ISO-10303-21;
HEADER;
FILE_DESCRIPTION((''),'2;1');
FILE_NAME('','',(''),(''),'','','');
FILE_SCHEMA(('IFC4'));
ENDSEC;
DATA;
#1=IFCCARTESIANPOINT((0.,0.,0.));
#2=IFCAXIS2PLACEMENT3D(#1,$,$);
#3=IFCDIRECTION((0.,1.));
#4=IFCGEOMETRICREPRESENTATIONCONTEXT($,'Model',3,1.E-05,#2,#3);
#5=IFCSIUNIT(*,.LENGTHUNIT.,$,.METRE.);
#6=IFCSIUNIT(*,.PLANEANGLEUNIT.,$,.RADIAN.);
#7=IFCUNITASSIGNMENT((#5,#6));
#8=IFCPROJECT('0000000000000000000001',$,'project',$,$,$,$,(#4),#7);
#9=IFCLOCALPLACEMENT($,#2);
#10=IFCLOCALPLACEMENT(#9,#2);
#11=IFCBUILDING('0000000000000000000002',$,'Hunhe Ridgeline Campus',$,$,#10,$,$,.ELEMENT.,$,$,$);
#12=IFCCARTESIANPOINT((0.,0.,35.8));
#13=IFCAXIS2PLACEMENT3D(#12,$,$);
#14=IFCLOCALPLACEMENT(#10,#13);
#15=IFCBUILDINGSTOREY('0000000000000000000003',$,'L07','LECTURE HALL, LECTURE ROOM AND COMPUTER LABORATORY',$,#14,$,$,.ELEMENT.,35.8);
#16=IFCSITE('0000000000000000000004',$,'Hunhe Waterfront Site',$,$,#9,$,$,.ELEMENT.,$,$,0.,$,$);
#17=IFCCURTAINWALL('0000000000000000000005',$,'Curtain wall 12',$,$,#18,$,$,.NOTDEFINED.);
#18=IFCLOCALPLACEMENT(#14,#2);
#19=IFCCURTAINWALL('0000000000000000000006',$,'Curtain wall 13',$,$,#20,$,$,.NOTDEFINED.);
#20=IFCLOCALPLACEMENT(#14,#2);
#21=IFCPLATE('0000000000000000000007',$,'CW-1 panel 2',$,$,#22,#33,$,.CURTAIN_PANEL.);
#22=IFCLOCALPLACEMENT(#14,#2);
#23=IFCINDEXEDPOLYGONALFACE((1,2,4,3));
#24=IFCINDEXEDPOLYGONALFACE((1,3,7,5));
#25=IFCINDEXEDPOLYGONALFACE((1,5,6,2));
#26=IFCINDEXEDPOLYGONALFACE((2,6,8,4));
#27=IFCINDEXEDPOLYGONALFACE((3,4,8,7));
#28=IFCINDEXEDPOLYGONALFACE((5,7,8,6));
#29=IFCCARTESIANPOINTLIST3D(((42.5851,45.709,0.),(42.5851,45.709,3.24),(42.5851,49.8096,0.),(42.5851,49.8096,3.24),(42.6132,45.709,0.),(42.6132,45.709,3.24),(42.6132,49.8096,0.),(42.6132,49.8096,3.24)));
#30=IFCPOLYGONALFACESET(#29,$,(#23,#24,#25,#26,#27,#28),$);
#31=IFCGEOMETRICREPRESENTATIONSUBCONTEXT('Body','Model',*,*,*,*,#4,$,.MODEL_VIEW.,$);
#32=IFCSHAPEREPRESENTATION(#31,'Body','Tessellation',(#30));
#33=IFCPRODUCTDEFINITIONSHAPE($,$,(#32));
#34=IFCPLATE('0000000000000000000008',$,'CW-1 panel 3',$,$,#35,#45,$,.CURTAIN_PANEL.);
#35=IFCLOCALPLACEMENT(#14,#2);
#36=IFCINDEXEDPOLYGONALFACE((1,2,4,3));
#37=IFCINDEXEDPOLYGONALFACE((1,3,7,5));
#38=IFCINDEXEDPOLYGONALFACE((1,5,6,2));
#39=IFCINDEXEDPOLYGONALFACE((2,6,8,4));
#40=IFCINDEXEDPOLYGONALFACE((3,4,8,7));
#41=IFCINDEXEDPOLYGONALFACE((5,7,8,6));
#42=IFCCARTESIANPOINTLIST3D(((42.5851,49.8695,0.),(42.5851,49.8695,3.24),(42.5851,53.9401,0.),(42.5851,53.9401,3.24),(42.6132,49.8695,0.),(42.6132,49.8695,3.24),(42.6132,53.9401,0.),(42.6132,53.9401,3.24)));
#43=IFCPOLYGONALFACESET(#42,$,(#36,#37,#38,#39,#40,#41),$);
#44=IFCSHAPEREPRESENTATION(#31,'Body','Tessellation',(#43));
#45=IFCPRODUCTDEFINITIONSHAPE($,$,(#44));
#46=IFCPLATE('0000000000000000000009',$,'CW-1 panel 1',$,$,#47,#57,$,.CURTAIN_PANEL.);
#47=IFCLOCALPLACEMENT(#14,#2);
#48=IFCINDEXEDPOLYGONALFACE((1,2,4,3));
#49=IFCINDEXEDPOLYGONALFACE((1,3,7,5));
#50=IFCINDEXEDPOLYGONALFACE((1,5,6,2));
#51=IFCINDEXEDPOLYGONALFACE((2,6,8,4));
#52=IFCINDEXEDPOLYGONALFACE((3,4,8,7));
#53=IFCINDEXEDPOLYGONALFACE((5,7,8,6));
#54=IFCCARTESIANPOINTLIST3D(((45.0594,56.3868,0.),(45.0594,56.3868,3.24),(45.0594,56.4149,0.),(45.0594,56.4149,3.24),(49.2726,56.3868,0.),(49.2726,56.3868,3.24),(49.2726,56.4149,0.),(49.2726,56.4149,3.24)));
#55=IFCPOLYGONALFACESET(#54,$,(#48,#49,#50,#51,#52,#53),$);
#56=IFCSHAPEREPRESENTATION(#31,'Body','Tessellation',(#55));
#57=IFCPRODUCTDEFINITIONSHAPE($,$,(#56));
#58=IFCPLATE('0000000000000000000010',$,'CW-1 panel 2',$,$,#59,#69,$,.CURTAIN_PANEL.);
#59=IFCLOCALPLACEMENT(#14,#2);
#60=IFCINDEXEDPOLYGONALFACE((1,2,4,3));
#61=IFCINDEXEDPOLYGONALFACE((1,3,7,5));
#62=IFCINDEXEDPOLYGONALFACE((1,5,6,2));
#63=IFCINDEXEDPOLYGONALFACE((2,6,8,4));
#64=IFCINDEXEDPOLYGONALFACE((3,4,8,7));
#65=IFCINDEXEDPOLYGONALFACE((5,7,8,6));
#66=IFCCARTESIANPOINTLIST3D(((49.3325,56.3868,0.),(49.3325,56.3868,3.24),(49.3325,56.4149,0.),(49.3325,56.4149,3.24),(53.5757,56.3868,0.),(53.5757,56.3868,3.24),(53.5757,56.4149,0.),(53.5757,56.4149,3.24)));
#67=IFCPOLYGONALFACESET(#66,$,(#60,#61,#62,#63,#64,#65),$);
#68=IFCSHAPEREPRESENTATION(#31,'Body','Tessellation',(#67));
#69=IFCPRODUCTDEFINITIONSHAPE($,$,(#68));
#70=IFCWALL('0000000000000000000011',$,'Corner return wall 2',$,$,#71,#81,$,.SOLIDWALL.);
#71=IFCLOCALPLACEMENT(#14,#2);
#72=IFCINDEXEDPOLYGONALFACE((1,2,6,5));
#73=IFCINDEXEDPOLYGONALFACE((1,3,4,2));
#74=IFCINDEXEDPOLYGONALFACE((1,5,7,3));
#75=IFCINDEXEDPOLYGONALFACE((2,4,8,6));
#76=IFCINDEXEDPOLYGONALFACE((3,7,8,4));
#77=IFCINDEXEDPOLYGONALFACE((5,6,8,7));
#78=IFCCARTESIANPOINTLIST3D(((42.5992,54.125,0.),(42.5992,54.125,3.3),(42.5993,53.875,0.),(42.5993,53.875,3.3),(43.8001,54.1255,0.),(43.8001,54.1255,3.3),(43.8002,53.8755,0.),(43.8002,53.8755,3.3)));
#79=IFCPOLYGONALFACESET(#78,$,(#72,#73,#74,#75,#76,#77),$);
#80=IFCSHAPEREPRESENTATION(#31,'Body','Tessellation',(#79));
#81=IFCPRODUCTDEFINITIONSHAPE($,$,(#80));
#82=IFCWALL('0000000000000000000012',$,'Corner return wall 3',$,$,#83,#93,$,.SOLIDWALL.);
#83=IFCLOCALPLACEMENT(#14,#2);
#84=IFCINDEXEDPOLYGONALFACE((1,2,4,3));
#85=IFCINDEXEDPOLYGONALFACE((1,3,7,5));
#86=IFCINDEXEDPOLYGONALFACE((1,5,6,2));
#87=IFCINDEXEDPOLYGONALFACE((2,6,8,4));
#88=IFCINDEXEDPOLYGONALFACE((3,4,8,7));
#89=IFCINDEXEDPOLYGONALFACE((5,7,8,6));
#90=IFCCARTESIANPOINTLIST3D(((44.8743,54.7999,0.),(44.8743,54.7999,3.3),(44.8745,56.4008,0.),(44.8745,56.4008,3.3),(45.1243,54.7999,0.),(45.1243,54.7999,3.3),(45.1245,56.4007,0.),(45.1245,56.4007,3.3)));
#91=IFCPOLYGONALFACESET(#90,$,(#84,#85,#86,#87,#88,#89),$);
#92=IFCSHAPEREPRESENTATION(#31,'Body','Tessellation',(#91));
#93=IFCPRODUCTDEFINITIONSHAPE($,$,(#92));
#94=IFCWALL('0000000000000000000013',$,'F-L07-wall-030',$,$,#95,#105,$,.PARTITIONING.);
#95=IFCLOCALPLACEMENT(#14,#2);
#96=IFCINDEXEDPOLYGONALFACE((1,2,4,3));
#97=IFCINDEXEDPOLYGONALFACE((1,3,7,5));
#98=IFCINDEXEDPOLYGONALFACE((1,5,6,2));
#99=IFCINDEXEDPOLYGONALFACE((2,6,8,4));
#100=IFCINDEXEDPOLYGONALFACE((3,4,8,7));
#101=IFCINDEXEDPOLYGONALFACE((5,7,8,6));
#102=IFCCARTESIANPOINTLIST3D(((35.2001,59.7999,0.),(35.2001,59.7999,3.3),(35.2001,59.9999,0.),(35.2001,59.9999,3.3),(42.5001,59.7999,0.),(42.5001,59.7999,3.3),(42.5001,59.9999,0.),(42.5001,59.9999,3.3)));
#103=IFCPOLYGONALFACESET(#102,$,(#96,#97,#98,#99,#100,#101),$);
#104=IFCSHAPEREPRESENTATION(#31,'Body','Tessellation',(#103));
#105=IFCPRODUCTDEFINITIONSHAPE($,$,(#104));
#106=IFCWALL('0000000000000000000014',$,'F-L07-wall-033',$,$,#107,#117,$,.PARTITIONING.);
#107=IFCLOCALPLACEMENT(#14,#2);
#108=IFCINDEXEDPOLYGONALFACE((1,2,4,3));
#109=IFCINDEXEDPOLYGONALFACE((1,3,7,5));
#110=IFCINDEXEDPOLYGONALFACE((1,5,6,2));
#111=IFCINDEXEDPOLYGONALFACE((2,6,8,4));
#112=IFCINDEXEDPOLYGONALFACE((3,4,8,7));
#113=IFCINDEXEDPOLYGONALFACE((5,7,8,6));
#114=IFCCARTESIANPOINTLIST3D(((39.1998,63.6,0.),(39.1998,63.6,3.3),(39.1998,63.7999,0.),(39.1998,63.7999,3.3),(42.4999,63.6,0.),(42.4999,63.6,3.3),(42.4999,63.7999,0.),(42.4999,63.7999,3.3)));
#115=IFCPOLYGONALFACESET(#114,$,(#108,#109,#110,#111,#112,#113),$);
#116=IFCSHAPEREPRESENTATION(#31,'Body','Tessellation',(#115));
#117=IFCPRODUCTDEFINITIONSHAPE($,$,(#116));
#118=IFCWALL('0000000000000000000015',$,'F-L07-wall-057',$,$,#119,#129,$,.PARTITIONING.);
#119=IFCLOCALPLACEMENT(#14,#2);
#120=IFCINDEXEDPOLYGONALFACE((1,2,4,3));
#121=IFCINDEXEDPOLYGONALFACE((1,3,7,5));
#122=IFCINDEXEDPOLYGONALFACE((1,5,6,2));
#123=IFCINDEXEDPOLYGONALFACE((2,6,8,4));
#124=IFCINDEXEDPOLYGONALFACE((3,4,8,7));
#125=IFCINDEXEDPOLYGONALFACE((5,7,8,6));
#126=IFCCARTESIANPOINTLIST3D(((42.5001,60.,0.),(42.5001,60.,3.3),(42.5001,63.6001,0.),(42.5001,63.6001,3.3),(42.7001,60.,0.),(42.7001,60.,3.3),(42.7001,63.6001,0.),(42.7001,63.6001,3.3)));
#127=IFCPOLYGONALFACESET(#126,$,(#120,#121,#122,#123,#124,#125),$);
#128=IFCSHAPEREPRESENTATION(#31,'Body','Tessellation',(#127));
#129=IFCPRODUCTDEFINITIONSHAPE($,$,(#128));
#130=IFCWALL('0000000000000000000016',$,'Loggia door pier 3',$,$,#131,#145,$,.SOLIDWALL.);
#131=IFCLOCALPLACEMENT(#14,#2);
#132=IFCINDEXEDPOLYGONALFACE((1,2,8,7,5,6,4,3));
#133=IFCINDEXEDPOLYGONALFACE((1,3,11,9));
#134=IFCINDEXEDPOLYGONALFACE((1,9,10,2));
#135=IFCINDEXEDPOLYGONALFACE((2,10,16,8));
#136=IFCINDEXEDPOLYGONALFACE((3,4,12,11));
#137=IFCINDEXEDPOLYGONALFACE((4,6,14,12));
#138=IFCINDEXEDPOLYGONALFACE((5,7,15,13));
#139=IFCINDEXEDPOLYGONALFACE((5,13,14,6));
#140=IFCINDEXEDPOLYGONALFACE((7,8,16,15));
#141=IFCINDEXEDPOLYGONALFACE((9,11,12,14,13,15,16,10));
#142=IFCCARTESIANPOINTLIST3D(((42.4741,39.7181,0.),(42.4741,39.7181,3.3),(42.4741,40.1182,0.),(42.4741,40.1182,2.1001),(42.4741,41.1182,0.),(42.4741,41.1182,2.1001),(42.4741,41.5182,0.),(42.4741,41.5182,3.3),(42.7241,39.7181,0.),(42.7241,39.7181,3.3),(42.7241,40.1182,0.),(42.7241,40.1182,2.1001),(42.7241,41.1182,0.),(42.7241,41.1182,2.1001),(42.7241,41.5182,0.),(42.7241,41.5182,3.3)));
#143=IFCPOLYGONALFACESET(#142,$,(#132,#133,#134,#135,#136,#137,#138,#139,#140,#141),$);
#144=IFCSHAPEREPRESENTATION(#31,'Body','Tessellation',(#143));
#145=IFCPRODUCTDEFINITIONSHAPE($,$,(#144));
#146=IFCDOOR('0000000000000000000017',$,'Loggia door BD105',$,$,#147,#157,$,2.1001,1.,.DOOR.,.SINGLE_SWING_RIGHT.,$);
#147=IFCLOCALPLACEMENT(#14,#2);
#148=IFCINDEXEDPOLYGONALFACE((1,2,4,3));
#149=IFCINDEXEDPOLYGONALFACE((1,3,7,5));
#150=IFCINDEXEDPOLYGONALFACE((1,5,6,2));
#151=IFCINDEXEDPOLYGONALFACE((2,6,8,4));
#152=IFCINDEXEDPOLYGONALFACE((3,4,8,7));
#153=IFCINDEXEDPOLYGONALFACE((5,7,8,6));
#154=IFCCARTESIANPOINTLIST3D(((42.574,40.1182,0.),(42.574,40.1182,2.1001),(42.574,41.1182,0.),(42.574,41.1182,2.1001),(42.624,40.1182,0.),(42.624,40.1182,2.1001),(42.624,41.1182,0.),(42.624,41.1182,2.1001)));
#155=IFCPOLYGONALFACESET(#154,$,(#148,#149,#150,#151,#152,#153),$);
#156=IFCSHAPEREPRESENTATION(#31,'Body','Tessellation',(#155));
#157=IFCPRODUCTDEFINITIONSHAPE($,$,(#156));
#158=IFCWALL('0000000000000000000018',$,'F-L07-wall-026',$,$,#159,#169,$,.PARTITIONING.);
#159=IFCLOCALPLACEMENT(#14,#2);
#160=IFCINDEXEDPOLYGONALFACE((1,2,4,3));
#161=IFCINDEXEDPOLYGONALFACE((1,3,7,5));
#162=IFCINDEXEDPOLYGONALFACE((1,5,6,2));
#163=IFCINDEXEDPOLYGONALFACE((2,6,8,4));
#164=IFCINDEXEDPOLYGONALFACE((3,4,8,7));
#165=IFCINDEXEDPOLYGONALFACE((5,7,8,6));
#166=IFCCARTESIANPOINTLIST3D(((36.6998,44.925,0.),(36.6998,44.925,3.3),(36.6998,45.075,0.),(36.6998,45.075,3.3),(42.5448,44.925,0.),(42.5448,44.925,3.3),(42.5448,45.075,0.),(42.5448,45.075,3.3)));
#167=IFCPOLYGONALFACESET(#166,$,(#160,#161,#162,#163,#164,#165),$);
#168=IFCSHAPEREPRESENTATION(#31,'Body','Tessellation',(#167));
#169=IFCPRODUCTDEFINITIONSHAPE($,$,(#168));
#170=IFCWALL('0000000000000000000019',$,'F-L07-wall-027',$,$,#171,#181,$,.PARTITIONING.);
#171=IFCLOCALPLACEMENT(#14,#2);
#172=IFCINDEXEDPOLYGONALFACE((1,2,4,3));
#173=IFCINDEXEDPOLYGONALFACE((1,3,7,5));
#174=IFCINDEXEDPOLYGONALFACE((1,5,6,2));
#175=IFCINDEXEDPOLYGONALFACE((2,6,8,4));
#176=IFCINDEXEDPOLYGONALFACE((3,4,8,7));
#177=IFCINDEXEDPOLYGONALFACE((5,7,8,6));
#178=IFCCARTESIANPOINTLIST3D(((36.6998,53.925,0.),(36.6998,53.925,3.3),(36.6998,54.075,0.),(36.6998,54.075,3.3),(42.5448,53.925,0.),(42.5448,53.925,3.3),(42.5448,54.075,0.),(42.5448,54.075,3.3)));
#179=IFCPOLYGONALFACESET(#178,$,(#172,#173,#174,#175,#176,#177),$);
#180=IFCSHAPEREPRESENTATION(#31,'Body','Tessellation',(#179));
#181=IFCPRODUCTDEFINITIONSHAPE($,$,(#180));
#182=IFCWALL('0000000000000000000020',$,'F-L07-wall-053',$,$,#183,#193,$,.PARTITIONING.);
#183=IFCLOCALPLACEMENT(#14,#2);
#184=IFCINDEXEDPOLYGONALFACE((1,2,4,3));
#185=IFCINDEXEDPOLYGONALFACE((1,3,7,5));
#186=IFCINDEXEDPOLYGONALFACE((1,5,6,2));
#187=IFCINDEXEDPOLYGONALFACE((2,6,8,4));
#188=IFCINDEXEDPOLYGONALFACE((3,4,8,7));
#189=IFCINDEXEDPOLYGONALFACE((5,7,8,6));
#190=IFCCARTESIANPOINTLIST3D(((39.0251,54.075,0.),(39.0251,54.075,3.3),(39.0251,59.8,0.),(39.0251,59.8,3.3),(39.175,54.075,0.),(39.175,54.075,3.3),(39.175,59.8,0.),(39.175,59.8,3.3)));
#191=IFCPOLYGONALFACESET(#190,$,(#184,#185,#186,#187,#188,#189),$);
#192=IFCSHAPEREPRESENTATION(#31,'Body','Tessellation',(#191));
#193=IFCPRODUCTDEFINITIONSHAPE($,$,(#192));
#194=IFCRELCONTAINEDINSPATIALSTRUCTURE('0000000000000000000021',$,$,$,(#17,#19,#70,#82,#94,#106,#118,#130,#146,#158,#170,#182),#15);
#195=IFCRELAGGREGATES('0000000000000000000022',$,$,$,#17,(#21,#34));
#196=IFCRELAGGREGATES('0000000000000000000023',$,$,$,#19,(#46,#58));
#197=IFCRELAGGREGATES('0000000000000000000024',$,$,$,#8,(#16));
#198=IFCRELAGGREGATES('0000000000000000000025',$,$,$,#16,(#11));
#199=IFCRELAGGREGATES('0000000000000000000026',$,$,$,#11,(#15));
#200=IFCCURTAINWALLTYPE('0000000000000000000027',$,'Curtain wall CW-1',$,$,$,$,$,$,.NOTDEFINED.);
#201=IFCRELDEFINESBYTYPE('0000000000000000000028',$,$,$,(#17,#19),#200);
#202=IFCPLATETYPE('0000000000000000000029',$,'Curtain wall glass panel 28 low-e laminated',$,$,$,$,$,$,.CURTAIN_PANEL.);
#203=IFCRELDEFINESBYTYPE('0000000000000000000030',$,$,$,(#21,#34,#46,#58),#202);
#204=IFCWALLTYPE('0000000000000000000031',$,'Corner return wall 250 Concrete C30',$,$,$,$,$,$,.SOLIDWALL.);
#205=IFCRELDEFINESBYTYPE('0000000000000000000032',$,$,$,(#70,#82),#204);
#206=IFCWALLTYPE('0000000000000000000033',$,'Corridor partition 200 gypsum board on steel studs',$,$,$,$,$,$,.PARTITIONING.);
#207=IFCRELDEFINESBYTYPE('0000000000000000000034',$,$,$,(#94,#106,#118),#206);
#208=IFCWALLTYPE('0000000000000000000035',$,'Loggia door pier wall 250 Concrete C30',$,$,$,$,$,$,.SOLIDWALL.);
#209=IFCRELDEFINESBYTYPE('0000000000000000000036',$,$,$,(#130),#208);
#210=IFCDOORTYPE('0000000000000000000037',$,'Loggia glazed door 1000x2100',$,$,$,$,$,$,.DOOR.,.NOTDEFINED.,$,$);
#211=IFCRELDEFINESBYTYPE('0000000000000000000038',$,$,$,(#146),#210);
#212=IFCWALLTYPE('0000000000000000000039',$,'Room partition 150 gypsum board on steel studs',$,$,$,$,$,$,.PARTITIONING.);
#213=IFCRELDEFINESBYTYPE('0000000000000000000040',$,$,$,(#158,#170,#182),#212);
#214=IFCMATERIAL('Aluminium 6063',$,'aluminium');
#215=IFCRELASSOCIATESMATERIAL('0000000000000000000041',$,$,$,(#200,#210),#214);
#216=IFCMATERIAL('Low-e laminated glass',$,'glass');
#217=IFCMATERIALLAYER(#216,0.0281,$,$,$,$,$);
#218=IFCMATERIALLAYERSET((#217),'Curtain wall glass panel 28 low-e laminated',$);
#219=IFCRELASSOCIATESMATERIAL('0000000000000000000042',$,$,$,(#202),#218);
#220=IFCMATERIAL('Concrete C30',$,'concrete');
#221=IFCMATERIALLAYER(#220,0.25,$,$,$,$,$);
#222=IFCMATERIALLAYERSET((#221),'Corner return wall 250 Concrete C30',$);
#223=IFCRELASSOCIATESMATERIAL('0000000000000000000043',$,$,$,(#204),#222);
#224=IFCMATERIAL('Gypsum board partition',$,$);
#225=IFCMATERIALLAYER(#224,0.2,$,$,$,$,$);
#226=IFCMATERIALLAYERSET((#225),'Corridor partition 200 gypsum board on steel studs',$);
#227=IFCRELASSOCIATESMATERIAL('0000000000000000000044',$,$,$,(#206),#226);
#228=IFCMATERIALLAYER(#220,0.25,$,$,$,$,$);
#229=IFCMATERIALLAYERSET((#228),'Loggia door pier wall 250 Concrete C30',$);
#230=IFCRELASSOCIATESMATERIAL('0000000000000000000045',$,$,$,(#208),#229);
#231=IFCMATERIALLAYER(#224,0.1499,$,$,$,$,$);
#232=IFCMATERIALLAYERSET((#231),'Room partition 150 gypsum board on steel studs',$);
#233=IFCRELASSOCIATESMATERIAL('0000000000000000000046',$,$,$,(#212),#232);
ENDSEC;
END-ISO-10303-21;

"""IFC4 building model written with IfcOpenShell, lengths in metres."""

from ifc_helpers import new_model, si_unit, direction, frame, frame_2d, origin, origin_2d, place, context, subcontext, project, spatial, rectangle, extrude, material, layer, layer_set, type_object, element, fill, aggregate, save


model = new_model("IFC4")

# Units and contexts
model_context = context("Model", 3, precision=1e-05, world=origin(), true_north=direction((0.0, 1.0)))
body_context = subcontext(model_context, "Body", "Model", "MODEL_VIEW")
ifc_project = project(units=[si_unit("LENGTHUNIT", "METRE"), si_unit("PLANEANGLEUNIT", "RADIAN")], contexts=[model_context])

# Site, building, storey
site_placement = place(None, origin())
site = spatial("IfcSite", under=ifc_project, at=site_placement, Name="Hunhe Waterfront Site", CompositionType="ELEMENT", RefElevation=0.0)
building_placement = place(site_placement, origin())
building = spatial("IfcBuilding", under=site, at=building_placement, Name="Hunhe Ridgeline Campus", CompositionType="ELEMENT")
storey_placement = place(building_placement, frame((0.0, 0.0, 35.8)))
storey = spatial("IfcBuildingStorey", under=building, at=storey_placement, Name="L07", Description="LECTURE HALL, LECTURE ROOM AND COMPUTER LABORATORY", CompositionType="ELEMENT", Elevation=35.8)

# Shared definitions
ifc_material_1 = material(Name="Aluminium 6063", Category="aluminium")
curtain_wall_type = type_object("IfcCurtainWallType", Name="Curtain wall CW-1", PredefinedType="NOTDEFINED", material=ifc_material_1)

# Curtain walls
curtain_wall_1_placement = place(storey_placement, origin())
curtain_wall_1 = element("IfcCurtainWall", 1, at=curtain_wall_1_placement, inside=storey, type_object=curtain_wall_type, Name="Curtain wall 12", PredefinedType="NOTDEFINED")
curtain_wall_2_placement = place(storey_placement, origin())
curtain_wall_2 = element("IfcCurtainWall", 2, at=curtain_wall_2_placement, inside=storey, type_object=curtain_wall_type, Name="Curtain wall 13", PredefinedType="NOTDEFINED")

# Plates
ifc_material_2 = material(Name="Low-e laminated glass", Category="glass")
ifc_layer_1 = layer(ifc_material_2, 0.0281)
ifc_layer_set_1 = layer_set([ifc_layer_1], Name="Curtain wall glass panel 28 low-e laminated")
plate_type = type_object("IfcPlateType", Name="Curtain wall glass panel 28 low-e laminated", PredefinedType="CURTAIN_PANEL", material=ifc_layer_set_1)
plate_1_placement = place(storey_placement, frame((42.5991, 47.7593, 0.0), z_axis=(0.0, 0.0, 1.0), x_axis=(0.0, 1.0, 0.0)))
plate_1 = element("IfcPlate", 3, at=plate_1_placement, type_object=plate_type, Name="CW-1 panel 2", PredefinedType="CURTAIN_PANEL", context=body_context, shape_type="SweptSolid", body=[
    extrude(rectangle(XDim=4.1006, YDim=0.0281, at=origin_2d()), origin(), (0.0, 0.0, 1.0), 3.24),
])
plate_2_placement = place(storey_placement, frame((42.5991, 51.9048, 0.0), z_axis=(0.0, 0.0, 1.0), x_axis=(0.0, 1.0, 0.0)))
plate_2 = element("IfcPlate", 4, at=plate_2_placement, type_object=plate_type, Name="CW-1 panel 3", PredefinedType="CURTAIN_PANEL", context=body_context, shape_type="SweptSolid", body=[
    extrude(rectangle(XDim=4.0706, YDim=0.0281, at=origin_2d()), origin(), (0.0, 0.0, 1.0), 3.24),
])
aggregate(curtain_wall_1, [plate_1, plate_2])
plate_3_placement = place(storey_placement, frame((47.166, 56.4009, 0.0), z_axis=(0.0, 0.0, 1.0), x_axis=(1.0, 0.000004, 0.0)))
plate_3 = element("IfcPlate", 5, at=plate_3_placement, type_object=plate_type, Name="CW-1 panel 1", PredefinedType="CURTAIN_PANEL", context=body_context, shape_type="SweptSolid", body=[
    extrude(rectangle(XDim=4.2131, YDim=0.0281, at=origin_2d()), origin(), (0.0, 0.0, 1.0), 3.24),
])
plate_4_placement = place(storey_placement, frame((51.4541, 56.4009, 0.0), z_axis=(0.0, 0.0, 1.0), x_axis=(1.0, 0.000004, 0.0)))
plate_4 = element("IfcPlate", 6, at=plate_4_placement, type_object=plate_type, Name="CW-1 panel 2", PredefinedType="CURTAIN_PANEL", context=body_context, shape_type="SweptSolid", body=[
    extrude(rectangle(XDim=4.2432, YDim=0.0281, at=origin_2d()), origin(), (0.0, 0.0, 1.0), 3.24),
])
aggregate(curtain_wall_2, [plate_3, plate_4])

# Walls
ifc_material_3 = material(Name="Concrete C30", Category="concrete")
ifc_layer_2 = layer(ifc_material_3, 0.25)
ifc_layer_set_2 = layer_set([ifc_layer_2], Name="Corner return wall 250 Concrete C30")
wall_type_1 = type_object("IfcWallType", Name="Corner return wall 250 Concrete C30", PredefinedType="SOLIDWALL", material=ifc_layer_set_2)
wall_1_placement = place(storey_placement, frame((42.5991, 54.0, 0.0), z_axis=(0.0, 0.0, 1.0), x_axis=(1.0, 0.000407, 0.0)))
element("IfcWall", 7, at=wall_1_placement, inside=storey, type_object=wall_type_1, Name="Corner return wall 2", PredefinedType="SOLIDWALL", context=body_context, shape_type="SweptSolid", body=[
    extrude(rectangle(XDim=1.2009, YDim=0.25, at=frame_2d((0.6006, 0.0))), origin(), (0.0, 0.0, 1.0), 3.3),
])
wall_2_placement = place(storey_placement, frame((44.9993, 54.8, 0.0), z_axis=(0.0, 0.0, 1.0), x_axis=(0.000153, 1.0, 0.0)))
element("IfcWall", 8, at=wall_2_placement, inside=storey, type_object=wall_type_1, Name="Corner return wall 3", PredefinedType="SOLIDWALL", context=body_context, shape_type="SweptSolid", body=[
    extrude(rectangle(XDim=1.6008, YDim=0.25, at=frame_2d((0.8003, 0.0))), origin(), (0.0, 0.0, 1.0), 3.3),
])
ifc_material_4 = material(Name="Gypsum board partition")
ifc_layer_3 = layer(ifc_material_4, 0.2)
ifc_layer_set_3 = layer_set([ifc_layer_3], Name="Corridor partition 200 gypsum board on steel studs")
wall_type_2 = type_object("IfcWallType", Name="Corridor partition 200 gypsum board on steel studs", PredefinedType="PARTITIONING", material=ifc_layer_set_3)
wall_3_placement = place(storey_placement, frame((42.5, 59.8999, 0.0), z_axis=(0.0, 0.0, 1.0), x_axis=(-1.0, 0.0, 0.0)))
element("IfcWall", 9, at=wall_3_placement, inside=storey, type_object=wall_type_2, Name="F-L07-wall-030", PredefinedType="PARTITIONING", context=body_context, shape_type="SweptSolid", body=[
    extrude(rectangle(XDim=7.3, YDim=0.2, at=frame_2d((3.6499, 0.0))), origin(), (0.0, 0.0, 1.0), 3.3),
])
wall_4_placement = place(storey_placement, frame((39.2, 63.7, 0.0), z_axis=(0.0, 0.0, 1.0), x_axis=(1.0, 0.0, 0.0)))
element("IfcWall", 10, at=wall_4_placement, inside=storey, type_object=wall_type_2, Name="F-L07-wall-033", PredefinedType="PARTITIONING", context=body_context, shape_type="SweptSolid", body=[
    extrude(rectangle(XDim=3.3, YDim=0.2, at=frame_2d((1.6499, 0.0))), origin(), (0.0, 0.0, 1.0), 3.3),
])
wall_5_placement = place(storey_placement, frame((42.6001, 63.6001, 0.0), z_axis=(0.0, 0.0, 1.0), x_axis=(0.0, -1.0, 0.0)))
element("IfcWall", 11, at=wall_5_placement, inside=storey, type_object=wall_type_2, Name="F-L07-wall-057", PredefinedType="PARTITIONING", context=body_context, shape_type="SweptSolid", body=[
    extrude(rectangle(XDim=3.6001, YDim=0.2, at=frame_2d((1.8, 0.0))), origin(), (0.0, 0.0, 1.0), 3.3),
])

# Wall, opening, door
ifc_layer_4 = layer(ifc_material_3, 0.25)
ifc_layer_set_4 = layer_set([ifc_layer_4], Name="Loggia door pier wall 250 Concrete C30")
wall_type_3 = type_object("IfcWallType", Name="Loggia door pier wall 250 Concrete C30", PredefinedType="SOLIDWALL", material=ifc_layer_set_4)
wall_6_placement = place(storey_placement, frame((42.5991, 39.7183, 0.0), z_axis=(0.0, 0.0, 1.0), x_axis=(0.0, 1.0, 0.0)))
wall_6 = element("IfcWall", 12, at=wall_6_placement, inside=storey, type_object=wall_type_3, Name="Loggia door pier 3", PredefinedType="SOLIDWALL", context=body_context, shape_type="SweptSolid", body=[
    extrude(rectangle(XDim=1.8, YDim=0.25, at=frame_2d((0.8999, 0.0))), origin(), (0.0, 0.0, 1.0), 3.3),
])
opening_placement = place(wall_6_placement, frame((0.3999, 0.0, 0.0)))
opening = element("IfcOpeningElement", 13, at=opening_placement, cuts=wall_6, PredefinedType="OPENING", context=body_context, shape_type="SweptSolid", body=[
    extrude(rectangle(XDim=1.0, YDim=2.1001, at=frame_2d((0.5, 1.05))), frame((0.0, 0.125, 0.0), z_axis=(0.0, -1.0, 0.0), x_axis=(1.0, 0.0, 0.0)), (0.0, 0.0, 1.0), 0.25),
])
door_type = type_object("IfcDoorType", Name="Loggia glazed door 1000x2100", OperationType="NOTDEFINED", PredefinedType="DOOR", material=ifc_material_1)
door_placement = place(opening_placement, frame((1.0, 0.0, 0.0), z_axis=(0.0, 0.0, 1.0), x_axis=(-1.0, 0.0, 0.0)))
door = element("IfcDoor", 14, at=door_placement, inside=storey, type_object=door_type, Name="Loggia door BD105", OperationType="SINGLE_SWING_RIGHT", OverallHeight=2.1001, OverallWidth=1.0, PredefinedType="DOOR", context=body_context, shape_type="SweptSolid", body=[
    extrude(rectangle(XDim=1.0, YDim=2.1001, at=frame_2d((0.5, 1.05))), frame((0.0, 0.0249, 0.0), z_axis=(0.0, -1.0, 0.0), x_axis=(1.0, 0.0, 0.0)), (0.0, 0.0, 1.0), 0.05),
])
fill(opening, door)

# Walls
ifc_layer_5 = layer(ifc_material_4, 0.1499)
ifc_layer_set_5 = layer_set([ifc_layer_5], Name="Room partition 150 gypsum board on steel studs")
wall_type_4 = type_object("IfcWallType", Name="Room partition 150 gypsum board on steel studs", PredefinedType="PARTITIONING", material=ifc_layer_set_5)
for number, where, z_axis, x_axis, name in (
    (15, (36.7, 45.0, 0.0), (0.0, 0.0, 1.0), (1.0, 0.0, 0.0), "F-L07-wall-026"),
    (16, (36.7, 54.0, 0.0), (0.0, 0.0, 1.0), (1.0, 0.0, 0.0), "F-L07-wall-027"),
):
    element("IfcWall", number, at=place(storey_placement, frame(where, z_axis=z_axis, x_axis=x_axis)), inside=storey, type_object=wall_type_4, Name=name, PredefinedType="PARTITIONING", context=body_context, shape_type="SweptSolid", body=[
        extrude(rectangle(XDim=5.845, YDim=0.1499, at=frame_2d((2.9224, 0.0))), origin(), (0.0, 0.0, 1.0), 3.3),
    ])
wall_7_placement = place(storey_placement, frame((39.1001, 59.8, 0.0), z_axis=(0.0, 0.0, 1.0), x_axis=(0.0, -1.0, 0.0)))
element("IfcWall", 17, at=wall_7_placement, inside=storey, type_object=wall_type_4, Name="F-L07-wall-053", PredefinedType="PARTITIONING", context=body_context, shape_type="SweptSolid", body=[
    extrude(rectangle(XDim=5.7251, YDim=0.1499, at=frame_2d((2.8625, 0.0))), origin(), (0.0, 0.0, 1.0), 3.3),
])

save(model, "model.ifc")
